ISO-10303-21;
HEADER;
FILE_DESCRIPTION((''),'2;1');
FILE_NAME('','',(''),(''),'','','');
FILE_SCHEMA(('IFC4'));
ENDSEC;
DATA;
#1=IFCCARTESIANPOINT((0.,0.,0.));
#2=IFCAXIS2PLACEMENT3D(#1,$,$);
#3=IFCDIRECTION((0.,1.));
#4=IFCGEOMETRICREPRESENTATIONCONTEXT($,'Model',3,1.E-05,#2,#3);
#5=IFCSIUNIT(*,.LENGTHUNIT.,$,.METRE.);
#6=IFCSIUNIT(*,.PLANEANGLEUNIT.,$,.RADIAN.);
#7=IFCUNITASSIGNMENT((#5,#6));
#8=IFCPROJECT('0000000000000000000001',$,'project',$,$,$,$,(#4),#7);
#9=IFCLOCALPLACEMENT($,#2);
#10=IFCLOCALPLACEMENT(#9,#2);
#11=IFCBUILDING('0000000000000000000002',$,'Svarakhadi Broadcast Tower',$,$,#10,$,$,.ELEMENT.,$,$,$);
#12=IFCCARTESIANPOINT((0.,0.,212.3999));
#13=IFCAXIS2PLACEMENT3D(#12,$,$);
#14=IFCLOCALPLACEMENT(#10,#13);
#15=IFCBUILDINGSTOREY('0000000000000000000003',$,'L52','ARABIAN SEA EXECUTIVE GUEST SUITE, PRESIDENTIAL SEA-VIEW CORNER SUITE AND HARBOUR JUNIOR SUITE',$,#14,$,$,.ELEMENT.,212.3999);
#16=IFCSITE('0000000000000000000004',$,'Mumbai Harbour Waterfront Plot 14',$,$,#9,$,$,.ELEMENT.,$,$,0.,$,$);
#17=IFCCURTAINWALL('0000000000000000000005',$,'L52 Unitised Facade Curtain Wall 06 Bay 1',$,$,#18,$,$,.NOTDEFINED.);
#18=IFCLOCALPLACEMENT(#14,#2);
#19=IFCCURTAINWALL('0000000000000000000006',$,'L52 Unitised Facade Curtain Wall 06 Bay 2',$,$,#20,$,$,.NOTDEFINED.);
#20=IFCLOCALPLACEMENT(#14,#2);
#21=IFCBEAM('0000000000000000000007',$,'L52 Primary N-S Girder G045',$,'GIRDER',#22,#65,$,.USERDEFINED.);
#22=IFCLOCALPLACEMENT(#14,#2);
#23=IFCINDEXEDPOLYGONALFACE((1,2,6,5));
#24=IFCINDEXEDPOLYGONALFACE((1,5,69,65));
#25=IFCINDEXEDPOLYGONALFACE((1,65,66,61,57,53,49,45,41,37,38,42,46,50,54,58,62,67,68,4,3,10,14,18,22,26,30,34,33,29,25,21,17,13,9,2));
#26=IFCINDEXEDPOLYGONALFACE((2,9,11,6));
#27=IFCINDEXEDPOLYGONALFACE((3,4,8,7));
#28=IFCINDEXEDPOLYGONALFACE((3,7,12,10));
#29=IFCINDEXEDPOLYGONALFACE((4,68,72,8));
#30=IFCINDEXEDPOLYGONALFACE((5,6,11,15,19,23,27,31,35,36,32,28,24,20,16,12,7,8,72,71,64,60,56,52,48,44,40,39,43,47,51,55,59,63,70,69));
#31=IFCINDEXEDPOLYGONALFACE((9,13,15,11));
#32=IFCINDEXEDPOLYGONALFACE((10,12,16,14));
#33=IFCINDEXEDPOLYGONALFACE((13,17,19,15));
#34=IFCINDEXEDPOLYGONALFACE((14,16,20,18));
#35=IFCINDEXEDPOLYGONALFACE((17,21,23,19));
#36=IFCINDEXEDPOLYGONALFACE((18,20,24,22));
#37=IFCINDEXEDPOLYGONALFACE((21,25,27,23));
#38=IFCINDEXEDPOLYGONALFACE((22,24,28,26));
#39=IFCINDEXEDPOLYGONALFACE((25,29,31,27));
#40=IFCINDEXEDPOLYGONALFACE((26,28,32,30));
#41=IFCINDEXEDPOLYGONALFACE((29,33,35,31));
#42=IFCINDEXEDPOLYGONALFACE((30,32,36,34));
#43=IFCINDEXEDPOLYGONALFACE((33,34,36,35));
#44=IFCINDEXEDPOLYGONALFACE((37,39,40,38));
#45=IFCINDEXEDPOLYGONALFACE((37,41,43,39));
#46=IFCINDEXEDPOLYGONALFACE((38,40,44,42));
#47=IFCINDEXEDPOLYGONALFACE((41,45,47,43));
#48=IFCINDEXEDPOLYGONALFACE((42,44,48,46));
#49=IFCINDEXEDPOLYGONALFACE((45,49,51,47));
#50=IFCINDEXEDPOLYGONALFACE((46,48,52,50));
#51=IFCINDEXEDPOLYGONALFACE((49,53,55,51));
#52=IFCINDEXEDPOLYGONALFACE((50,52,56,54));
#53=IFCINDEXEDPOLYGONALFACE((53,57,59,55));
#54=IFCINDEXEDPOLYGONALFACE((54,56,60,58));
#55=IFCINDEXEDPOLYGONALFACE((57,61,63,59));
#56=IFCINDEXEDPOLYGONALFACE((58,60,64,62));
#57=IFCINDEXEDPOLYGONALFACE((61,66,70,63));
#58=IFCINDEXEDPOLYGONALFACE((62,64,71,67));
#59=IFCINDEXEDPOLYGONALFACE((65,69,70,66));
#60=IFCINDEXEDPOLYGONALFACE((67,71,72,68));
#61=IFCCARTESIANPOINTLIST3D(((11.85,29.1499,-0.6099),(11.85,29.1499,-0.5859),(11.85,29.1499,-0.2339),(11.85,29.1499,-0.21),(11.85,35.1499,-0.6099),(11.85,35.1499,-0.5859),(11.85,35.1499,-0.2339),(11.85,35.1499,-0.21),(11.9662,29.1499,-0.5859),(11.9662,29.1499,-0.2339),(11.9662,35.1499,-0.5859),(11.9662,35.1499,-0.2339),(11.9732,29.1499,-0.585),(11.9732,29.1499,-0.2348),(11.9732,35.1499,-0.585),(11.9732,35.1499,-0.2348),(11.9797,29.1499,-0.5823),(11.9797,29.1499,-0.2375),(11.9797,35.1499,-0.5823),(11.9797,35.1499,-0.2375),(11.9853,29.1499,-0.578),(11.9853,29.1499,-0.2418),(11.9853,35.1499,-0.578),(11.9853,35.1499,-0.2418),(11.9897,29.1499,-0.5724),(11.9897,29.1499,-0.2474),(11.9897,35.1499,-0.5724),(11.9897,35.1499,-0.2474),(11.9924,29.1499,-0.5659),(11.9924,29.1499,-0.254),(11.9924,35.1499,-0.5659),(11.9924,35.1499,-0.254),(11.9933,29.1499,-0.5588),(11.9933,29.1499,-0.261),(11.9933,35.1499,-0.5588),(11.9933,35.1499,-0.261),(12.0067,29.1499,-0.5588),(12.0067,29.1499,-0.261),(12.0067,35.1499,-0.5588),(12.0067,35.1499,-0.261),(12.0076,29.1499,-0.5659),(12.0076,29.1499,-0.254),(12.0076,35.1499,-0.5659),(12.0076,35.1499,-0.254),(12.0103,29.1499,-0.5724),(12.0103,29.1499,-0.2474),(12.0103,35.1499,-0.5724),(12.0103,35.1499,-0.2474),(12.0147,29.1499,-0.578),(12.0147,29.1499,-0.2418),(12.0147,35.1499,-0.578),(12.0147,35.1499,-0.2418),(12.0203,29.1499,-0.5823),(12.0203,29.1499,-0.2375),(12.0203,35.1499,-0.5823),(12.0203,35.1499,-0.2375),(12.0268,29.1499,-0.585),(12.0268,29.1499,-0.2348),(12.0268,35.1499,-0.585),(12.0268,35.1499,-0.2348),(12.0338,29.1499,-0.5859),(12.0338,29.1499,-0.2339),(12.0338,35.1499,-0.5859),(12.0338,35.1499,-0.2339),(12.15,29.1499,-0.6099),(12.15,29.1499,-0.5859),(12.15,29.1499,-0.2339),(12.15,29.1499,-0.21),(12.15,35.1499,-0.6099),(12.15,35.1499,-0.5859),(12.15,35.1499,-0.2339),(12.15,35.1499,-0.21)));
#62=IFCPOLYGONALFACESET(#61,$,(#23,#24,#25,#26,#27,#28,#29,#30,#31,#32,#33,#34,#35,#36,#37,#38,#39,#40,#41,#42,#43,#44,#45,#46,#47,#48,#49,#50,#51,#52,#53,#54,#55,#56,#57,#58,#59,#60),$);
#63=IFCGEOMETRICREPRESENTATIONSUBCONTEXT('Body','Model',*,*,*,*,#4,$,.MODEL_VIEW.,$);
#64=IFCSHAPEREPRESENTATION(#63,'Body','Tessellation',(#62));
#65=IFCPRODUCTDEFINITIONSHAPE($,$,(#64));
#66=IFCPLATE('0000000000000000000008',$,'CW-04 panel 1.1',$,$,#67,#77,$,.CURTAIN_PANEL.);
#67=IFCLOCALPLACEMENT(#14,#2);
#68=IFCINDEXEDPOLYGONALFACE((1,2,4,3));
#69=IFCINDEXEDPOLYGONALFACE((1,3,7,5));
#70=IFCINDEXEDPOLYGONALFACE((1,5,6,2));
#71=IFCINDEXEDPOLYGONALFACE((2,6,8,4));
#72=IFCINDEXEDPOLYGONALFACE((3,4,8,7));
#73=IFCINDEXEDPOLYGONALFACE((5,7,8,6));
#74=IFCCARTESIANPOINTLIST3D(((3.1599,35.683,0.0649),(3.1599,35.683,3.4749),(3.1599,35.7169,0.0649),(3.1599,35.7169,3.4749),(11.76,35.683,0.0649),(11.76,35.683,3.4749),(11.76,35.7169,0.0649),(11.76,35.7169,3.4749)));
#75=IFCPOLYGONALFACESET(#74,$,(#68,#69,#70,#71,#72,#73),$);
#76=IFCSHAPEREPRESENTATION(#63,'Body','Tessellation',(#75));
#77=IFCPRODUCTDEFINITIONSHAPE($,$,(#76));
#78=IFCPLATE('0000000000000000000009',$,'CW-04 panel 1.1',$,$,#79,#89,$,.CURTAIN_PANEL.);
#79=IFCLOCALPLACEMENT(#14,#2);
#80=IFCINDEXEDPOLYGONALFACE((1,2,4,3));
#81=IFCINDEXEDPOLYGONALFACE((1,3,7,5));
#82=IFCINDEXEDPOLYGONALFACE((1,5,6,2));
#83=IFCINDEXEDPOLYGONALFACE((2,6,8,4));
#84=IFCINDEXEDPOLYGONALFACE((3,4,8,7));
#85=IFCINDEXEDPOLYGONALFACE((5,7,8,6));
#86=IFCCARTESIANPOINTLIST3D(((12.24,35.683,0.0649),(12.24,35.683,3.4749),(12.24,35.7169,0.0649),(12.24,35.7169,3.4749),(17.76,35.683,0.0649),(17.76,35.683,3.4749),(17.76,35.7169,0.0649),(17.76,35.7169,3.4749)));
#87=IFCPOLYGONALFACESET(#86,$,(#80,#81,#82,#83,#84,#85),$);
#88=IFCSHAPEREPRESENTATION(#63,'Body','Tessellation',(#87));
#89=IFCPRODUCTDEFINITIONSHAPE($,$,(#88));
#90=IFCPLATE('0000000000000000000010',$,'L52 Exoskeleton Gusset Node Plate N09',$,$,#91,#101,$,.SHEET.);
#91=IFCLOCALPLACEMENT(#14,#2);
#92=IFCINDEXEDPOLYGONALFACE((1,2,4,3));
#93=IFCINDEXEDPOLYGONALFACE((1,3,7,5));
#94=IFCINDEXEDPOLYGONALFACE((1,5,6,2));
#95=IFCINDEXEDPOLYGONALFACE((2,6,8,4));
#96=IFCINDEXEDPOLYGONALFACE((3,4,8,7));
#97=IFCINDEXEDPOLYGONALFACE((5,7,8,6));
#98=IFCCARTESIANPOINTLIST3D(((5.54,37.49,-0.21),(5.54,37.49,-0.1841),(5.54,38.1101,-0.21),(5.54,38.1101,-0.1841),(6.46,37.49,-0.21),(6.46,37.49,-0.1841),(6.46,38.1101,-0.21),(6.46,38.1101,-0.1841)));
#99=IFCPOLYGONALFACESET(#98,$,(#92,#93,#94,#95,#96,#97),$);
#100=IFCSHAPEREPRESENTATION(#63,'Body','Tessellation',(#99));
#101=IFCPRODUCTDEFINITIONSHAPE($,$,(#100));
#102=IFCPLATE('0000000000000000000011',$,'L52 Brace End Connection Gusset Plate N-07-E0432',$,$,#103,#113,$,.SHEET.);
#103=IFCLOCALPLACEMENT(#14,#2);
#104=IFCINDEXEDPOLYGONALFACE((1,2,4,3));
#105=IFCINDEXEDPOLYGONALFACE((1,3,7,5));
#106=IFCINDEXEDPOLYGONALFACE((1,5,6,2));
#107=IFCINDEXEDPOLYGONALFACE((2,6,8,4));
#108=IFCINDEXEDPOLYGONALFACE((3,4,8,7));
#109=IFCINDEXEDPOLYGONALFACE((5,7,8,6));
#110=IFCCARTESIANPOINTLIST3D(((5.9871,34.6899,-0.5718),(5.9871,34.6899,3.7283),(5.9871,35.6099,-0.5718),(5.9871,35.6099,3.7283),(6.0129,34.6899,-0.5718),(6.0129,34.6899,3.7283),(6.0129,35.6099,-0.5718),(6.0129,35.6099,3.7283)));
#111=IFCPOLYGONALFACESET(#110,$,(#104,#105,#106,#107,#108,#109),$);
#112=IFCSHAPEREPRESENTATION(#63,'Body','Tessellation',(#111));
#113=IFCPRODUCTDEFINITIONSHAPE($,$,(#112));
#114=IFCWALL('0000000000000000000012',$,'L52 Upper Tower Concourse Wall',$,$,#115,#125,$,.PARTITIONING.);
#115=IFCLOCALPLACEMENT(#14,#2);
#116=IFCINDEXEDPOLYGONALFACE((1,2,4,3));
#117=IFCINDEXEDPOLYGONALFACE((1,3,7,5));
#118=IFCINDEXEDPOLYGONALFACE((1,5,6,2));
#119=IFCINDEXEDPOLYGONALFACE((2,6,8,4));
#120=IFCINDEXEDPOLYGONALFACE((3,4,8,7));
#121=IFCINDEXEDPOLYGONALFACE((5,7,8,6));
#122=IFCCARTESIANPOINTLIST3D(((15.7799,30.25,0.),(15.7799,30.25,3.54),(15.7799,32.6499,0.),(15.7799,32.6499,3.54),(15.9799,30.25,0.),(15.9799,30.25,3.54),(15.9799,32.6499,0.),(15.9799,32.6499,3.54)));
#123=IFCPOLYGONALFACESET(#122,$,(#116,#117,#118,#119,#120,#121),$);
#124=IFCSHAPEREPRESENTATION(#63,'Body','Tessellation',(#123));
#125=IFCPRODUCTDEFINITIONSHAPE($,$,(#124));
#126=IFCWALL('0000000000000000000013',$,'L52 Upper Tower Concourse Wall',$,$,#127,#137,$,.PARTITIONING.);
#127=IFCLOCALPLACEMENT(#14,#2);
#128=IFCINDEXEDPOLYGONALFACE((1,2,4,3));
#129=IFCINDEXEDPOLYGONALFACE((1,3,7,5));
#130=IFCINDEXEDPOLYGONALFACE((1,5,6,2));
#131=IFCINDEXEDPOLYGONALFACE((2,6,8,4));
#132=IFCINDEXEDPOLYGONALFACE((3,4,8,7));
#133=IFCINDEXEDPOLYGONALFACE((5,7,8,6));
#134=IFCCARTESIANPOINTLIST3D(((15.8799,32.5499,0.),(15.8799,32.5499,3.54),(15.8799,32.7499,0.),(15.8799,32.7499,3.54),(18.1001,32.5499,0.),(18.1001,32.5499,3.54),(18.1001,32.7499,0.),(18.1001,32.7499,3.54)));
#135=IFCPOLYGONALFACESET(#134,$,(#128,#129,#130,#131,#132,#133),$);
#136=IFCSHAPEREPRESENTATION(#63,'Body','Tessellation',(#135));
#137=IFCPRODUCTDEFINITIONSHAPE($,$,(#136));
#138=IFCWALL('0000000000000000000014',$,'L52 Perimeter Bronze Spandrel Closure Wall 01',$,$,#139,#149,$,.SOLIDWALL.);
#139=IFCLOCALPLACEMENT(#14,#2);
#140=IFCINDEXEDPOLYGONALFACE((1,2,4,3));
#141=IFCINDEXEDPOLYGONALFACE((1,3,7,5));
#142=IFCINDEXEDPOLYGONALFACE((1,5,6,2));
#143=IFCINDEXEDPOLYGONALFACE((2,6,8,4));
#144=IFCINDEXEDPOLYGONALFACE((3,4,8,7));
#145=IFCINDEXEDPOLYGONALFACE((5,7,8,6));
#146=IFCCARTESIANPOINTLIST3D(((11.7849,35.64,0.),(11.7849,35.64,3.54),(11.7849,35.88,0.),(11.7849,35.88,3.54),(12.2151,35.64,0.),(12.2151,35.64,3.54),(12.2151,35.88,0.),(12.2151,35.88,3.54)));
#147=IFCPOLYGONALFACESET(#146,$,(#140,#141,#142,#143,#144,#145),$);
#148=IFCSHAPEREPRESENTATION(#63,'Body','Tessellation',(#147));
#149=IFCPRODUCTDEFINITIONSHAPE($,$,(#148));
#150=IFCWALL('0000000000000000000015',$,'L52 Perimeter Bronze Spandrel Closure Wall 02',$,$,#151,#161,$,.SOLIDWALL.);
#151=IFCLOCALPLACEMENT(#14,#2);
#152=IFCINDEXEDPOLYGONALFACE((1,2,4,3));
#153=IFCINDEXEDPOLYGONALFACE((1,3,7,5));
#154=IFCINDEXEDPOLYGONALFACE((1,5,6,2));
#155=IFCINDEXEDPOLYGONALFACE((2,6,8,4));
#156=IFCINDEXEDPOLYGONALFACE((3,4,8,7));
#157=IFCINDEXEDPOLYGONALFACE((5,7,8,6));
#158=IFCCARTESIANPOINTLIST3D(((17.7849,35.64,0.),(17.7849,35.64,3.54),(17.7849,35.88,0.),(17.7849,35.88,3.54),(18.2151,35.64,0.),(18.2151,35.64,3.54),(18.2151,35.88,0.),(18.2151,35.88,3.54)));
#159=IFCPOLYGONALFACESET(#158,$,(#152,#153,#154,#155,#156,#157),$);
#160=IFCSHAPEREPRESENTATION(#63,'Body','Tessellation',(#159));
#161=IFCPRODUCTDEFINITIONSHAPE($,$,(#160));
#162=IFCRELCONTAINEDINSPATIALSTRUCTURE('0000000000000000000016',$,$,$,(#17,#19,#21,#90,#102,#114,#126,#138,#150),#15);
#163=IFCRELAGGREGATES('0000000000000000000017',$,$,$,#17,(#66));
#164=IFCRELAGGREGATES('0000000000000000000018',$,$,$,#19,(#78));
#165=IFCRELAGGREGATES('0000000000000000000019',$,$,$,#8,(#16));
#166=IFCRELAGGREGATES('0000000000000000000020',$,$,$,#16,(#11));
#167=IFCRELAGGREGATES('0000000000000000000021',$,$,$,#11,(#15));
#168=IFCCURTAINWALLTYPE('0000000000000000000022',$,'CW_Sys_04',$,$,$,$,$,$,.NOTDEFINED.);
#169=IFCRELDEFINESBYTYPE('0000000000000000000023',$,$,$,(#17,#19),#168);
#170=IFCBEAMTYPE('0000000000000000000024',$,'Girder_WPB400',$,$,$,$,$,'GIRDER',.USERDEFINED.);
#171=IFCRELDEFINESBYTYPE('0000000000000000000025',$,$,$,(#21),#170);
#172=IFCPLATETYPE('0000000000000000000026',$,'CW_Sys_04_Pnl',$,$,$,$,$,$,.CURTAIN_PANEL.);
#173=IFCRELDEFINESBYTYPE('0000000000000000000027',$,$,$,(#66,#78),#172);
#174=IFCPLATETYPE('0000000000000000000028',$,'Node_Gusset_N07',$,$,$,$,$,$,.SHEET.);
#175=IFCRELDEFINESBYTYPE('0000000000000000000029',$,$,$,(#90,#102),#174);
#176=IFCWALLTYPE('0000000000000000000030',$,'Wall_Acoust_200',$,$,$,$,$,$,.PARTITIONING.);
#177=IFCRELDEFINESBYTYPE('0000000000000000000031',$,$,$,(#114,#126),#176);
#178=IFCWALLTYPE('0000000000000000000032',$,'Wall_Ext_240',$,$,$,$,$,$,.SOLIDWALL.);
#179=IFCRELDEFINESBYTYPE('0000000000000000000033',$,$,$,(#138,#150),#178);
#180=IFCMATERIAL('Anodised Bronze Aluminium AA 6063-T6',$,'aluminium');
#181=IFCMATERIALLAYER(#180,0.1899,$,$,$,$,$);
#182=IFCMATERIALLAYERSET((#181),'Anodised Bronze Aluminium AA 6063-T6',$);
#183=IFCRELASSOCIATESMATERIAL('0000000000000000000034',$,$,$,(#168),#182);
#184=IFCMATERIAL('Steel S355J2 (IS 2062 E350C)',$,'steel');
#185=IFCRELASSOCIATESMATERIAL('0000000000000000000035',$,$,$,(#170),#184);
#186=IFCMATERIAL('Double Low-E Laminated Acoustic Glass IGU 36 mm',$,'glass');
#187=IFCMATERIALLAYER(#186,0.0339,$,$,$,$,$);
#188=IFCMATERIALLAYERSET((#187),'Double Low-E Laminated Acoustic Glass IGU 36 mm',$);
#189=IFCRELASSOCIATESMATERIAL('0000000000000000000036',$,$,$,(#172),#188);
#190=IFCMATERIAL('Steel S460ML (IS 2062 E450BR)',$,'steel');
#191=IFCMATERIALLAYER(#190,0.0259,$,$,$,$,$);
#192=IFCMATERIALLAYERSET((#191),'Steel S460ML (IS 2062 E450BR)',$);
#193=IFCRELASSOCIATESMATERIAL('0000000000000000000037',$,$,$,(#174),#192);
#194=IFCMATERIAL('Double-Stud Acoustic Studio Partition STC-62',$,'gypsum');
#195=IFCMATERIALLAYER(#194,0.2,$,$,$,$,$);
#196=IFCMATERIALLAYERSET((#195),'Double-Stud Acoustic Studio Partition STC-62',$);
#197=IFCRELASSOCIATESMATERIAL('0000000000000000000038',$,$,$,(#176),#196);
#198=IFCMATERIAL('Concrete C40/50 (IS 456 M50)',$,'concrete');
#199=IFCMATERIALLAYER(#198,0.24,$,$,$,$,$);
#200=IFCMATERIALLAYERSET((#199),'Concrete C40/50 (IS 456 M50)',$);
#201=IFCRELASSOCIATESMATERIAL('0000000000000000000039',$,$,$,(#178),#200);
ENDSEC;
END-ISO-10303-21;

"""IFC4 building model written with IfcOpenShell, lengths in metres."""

from ifc_helpers import new_model, si_unit, direction, frame, frame_2d, origin, origin_2d, place, context, subcontext, project, spatial, rectangle, i_section, extrude, material, layer, layer_set, material_profile, profile_set, type_object, element, aggregate, save


model = new_model("IFC4")

# Units and contexts
model_context = context("Model", 3, precision=1e-05, world=origin(), true_north=direction((0.0, 1.0)))
body_context = subcontext(model_context, "Body", "Model", "MODEL_VIEW")
ifc_project = project(units=[si_unit("LENGTHUNIT", "METRE"), si_unit("PLANEANGLEUNIT", "RADIAN")], contexts=[model_context])

# Site, building, storey
site_placement = place(None, origin())
site = spatial("IfcSite", under=ifc_project, at=site_placement, Name="Mumbai Harbour Waterfront Plot 14", CompositionType="ELEMENT", RefElevation=0.0)
building_placement = place(site_placement, origin())
building = spatial("IfcBuilding", under=site, at=building_placement, Name="Svarakhadi Broadcast Tower", CompositionType="ELEMENT")
storey_placement = place(building_placement, frame((0.0, 0.0, 212.3999)))
storey = spatial("IfcBuildingStorey", under=building, at=storey_placement, Name="L52", Description="ARABIAN SEA EXECUTIVE GUEST SUITE, PRESIDENTIAL SEA-VIEW CORNER SUITE AND HARBOUR JUNIOR SUITE", CompositionType="ELEMENT", Elevation=212.3999)

# Shared definitions
ifc_material_1 = material(Name="Steel S460ML (IS 2062 E450BR)", Category="steel")

# Shared definitions
ifc_material_2 = material(Name="Steel S355J2 (IS 2062 E350C)", Category="steel")

# Curtain wall
ifc_material_3 = material(Name="Anodised Bronze Aluminium AA 6063-T6", Category="aluminium")
ifc_layer_1 = layer(ifc_material_3, 0.1899)
ifc_layer_set_1 = layer_set([ifc_layer_1], Name="Anodised Bronze Aluminium AA 6063-T6")
curtain_wall_type = type_object("IfcCurtainWallType", Name="CW_Sys_04", PredefinedType="NOTDEFINED", material=ifc_layer_set_1)
curtain_wall_1_placement = place(storey_placement, origin())
curtain_wall_1 = element("IfcCurtainWall", 1, at=curtain_wall_1_placement, inside=storey, type_object=curtain_wall_type, Name="L52 Unitised Facade Curtain Wall 06 Bay 1", PredefinedType="NOTDEFINED")

# Curtain wall
curtain_wall_2_placement = place(storey_placement, origin())
curtain_wall_2 = element("IfcCurtainWall", 2, at=curtain_wall_2_placement, inside=storey, type_object=curtain_wall_type, Name="L52 Unitised Facade Curtain Wall 06 Bay 2", PredefinedType="NOTDEFINED")

# Beam
ifc_material_profile_1 = material_profile(ifc_material_2, i_section(OverallWidth=0.3, OverallDepth=0.3999, WebThickness=0.0134, FlangeThickness=0.0239, FilletRadius=0.0271, at=origin_2d()), Name="WPB 400x300x155")
ifc_profile_set_1 = profile_set([ifc_material_profile_1], Name="Steel S355J2 (IS 2062 E350C)")
beam_type_1 = type_object("IfcBeamType", Name="Girder_WPB400", ElementType="GIRDER", PredefinedType="USERDEFINED", material=ifc_profile_set_1)
for number, where, z_axis, x_axis, name in (
    (3, (12.0, 29.1499, -0.4099), (0.0, 1.0, 0.0), (-1.0, 0.0, 0.0), "L52 Primary N-S Girder G045"),
):
    element("IfcBeam", number, at=place(storey_placement, frame(where, z_axis=z_axis, x_axis=x_axis)), inside=storey, type_object=beam_type_1, Name=name, ObjectType="GIRDER", PredefinedType="USERDEFINED", context=body_context, shape_type="SweptSolid", body=[
        extrude(i_section(OverallWidth=0.3, OverallDepth=0.3999, WebThickness=0.0134, FlangeThickness=0.0239, FilletRadius=0.0271, at=origin_2d()), origin(), (0.0, 0.0, 1.0), 6.0),
    ])

# Plates
ifc_material_4 = material(Name="Double Low-E Laminated Acoustic Glass IGU 36 mm", Category="glass")
ifc_layer_2 = layer(ifc_material_4, 0.0339)
ifc_layer_set_2 = layer_set([ifc_layer_2], Name="Double Low-E Laminated Acoustic Glass IGU 36 mm")
plate_type_1 = type_object("IfcPlateType", Name="CW_Sys_04_Pnl", PredefinedType="CURTAIN_PANEL", material=ifc_layer_set_2)
plate_1_placement = place(storey_placement, frame((7.46, 35.7, 0.0649), z_axis=(0.0, 0.0, 1.0), x_axis=(1.0, 0.0, 0.0)))
plate_1 = element("IfcPlate", 4, at=plate_1_placement, type_object=plate_type_1, Name="CW-04 panel 1.1", PredefinedType="CURTAIN_PANEL", context=body_context, shape_type="SweptSolid", body=[
    extrude(rectangle(XDim=8.6001, YDim=0.0339, at=origin_2d()), origin(), (0.0, 0.0, 1.0), 3.4099),
])
aggregate(curtain_wall_1, [plate_1])
plate_2_placement = place(storey_placement, frame((15.0, 35.7, 0.0649), z_axis=(0.0, 0.0, 1.0), x_axis=(1.0, 0.0, 0.0)))
plate_2 = element("IfcPlate", 5, at=plate_2_placement, type_object=plate_type_1, Name="CW-04 panel 1.1", PredefinedType="CURTAIN_PANEL", context=body_context, shape_type="SweptSolid", body=[
    extrude(rectangle(XDim=5.52, YDim=0.0339, at=origin_2d()), origin(), (0.0, 0.0, 1.0), 3.4099),
])
aggregate(curtain_wall_2, [plate_2])

# Plates
ifc_layer_3 = layer(ifc_material_1, 0.0259)
ifc_layer_set_3 = layer_set([ifc_layer_3], Name="Steel S460ML (IS 2062 E450BR)")
plate_type_2 = type_object("IfcPlateType", Name="Node_Gusset_N07", PredefinedType="SHEET", material=ifc_layer_set_3)
plate_3_placement = place(storey_placement, frame((6.0, 37.8, -0.21), z_axis=(0.0, 0.0, 1.0), x_axis=(1.0, 0.0, 0.0)))
element("IfcPlate", 6, at=plate_3_placement, inside=storey, type_object=plate_type_2, Name="L52 Exoskeleton Gusset Node Plate N09", PredefinedType="SHEET", context=body_context, shape_type="SweptSolid", body=[
    extrude(rectangle(XDim=0.9199, YDim=0.6201, at=origin_2d()), origin(), (0.0, 0.0, 1.0), 0.0259),
])
plate_4_placement = place(storey_placement, frame((6.0, 35.1499, -0.5718), z_axis=(0.0, 0.0, 1.0), x_axis=(0.0, 1.0, 0.0)))
element("IfcPlate", 7, at=plate_4_placement, inside=storey, type_object=plate_type_2, Name="L52 Brace End Connection Gusset Plate N-07-E0432", PredefinedType="SHEET", context=body_context, shape_type="SweptSolid", body=[
    extrude(rectangle(XDim=0.9199, YDim=0.0259, at=origin_2d()), origin(), (0.0, 0.0, 1.0), 4.3),
])

# Walls
ifc_material_5 = material(Name="Double-Stud Acoustic Studio Partition STC-62", Category="gypsum")
ifc_layer_4 = layer(ifc_material_5, 0.2)
ifc_layer_set_4 = layer_set([ifc_layer_4], Name="Double-Stud Acoustic Studio Partition STC-62")
wall_type_1 = type_object("IfcWallType", Name="Wall_Acoust_200", PredefinedType="PARTITIONING", material=ifc_layer_set_4)
wall_1_placement = place(storey_placement, frame((15.8799, 30.25, 0.0), z_axis=(0.0, 0.0, 1.0), x_axis=(0.0, 1.0, 0.0)))
element("IfcWall", 8, at=wall_1_placement, inside=storey, type_object=wall_type_1, Name="L52 Upper Tower Concourse Wall", PredefinedType="PARTITIONING", context=body_context, shape_type="SweptSolid", body=[
    extrude(rectangle(XDim=2.3999, YDim=0.2, at=frame_2d((1.2, 0.0))), origin(), (0.0, 0.0, 1.0), 3.54),
])
wall_2_placement = place(storey_placement, frame((15.8799, 32.6499, 0.0), z_axis=(0.0, 0.0, 1.0), x_axis=(1.0, 0.0, 0.0)))
element("IfcWall", 9, at=wall_2_placement, inside=storey, type_object=wall_type_1, Name="L52 Upper Tower Concourse Wall", PredefinedType="PARTITIONING", context=body_context, shape_type="SweptSolid", body=[
    extrude(rectangle(XDim=2.2202, YDim=0.2, at=frame_2d((1.1101, 0.0))), origin(), (0.0, 0.0, 1.0), 3.54),
])
ifc_material_6 = material(Name="Concrete C40/50 (IS 456 M50)", Category="concrete")
ifc_layer_5 = layer(ifc_material_6, 0.24)
ifc_layer_set_5 = layer_set([ifc_layer_5], Name="Concrete C40/50 (IS 456 M50)")
wall_type_2 = type_object("IfcWallType", Name="Wall_Ext_240", PredefinedType="SOLIDWALL", material=ifc_layer_set_5)
for number, where, z_axis, x_axis, name in (
    (10, (11.7849, 35.76, 0.0), (0.0, 0.0, 1.0), (1.0, 0.0, 0.0), "L52 Perimeter Bronze Spandrel Closure Wall 01"),
    (11, (17.7849, 35.76, 0.0), (0.0, 0.0, 1.0), (1.0, 0.0, 0.0), "L52 Perimeter Bronze Spandrel Closure Wall 02"),
):
    element("IfcWall", number, at=place(storey_placement, frame(where, z_axis=z_axis, x_axis=x_axis)), inside=storey, type_object=wall_type_2, Name=name, PredefinedType="SOLIDWALL", context=body_context, shape_type="SweptSolid", body=[
        extrude(rectangle(XDim=0.4302, YDim=0.24, at=frame_2d((0.2151, 0.0))), origin(), (0.0, 0.0, 1.0), 3.54),
    ])

save(model, "model.ifc")
